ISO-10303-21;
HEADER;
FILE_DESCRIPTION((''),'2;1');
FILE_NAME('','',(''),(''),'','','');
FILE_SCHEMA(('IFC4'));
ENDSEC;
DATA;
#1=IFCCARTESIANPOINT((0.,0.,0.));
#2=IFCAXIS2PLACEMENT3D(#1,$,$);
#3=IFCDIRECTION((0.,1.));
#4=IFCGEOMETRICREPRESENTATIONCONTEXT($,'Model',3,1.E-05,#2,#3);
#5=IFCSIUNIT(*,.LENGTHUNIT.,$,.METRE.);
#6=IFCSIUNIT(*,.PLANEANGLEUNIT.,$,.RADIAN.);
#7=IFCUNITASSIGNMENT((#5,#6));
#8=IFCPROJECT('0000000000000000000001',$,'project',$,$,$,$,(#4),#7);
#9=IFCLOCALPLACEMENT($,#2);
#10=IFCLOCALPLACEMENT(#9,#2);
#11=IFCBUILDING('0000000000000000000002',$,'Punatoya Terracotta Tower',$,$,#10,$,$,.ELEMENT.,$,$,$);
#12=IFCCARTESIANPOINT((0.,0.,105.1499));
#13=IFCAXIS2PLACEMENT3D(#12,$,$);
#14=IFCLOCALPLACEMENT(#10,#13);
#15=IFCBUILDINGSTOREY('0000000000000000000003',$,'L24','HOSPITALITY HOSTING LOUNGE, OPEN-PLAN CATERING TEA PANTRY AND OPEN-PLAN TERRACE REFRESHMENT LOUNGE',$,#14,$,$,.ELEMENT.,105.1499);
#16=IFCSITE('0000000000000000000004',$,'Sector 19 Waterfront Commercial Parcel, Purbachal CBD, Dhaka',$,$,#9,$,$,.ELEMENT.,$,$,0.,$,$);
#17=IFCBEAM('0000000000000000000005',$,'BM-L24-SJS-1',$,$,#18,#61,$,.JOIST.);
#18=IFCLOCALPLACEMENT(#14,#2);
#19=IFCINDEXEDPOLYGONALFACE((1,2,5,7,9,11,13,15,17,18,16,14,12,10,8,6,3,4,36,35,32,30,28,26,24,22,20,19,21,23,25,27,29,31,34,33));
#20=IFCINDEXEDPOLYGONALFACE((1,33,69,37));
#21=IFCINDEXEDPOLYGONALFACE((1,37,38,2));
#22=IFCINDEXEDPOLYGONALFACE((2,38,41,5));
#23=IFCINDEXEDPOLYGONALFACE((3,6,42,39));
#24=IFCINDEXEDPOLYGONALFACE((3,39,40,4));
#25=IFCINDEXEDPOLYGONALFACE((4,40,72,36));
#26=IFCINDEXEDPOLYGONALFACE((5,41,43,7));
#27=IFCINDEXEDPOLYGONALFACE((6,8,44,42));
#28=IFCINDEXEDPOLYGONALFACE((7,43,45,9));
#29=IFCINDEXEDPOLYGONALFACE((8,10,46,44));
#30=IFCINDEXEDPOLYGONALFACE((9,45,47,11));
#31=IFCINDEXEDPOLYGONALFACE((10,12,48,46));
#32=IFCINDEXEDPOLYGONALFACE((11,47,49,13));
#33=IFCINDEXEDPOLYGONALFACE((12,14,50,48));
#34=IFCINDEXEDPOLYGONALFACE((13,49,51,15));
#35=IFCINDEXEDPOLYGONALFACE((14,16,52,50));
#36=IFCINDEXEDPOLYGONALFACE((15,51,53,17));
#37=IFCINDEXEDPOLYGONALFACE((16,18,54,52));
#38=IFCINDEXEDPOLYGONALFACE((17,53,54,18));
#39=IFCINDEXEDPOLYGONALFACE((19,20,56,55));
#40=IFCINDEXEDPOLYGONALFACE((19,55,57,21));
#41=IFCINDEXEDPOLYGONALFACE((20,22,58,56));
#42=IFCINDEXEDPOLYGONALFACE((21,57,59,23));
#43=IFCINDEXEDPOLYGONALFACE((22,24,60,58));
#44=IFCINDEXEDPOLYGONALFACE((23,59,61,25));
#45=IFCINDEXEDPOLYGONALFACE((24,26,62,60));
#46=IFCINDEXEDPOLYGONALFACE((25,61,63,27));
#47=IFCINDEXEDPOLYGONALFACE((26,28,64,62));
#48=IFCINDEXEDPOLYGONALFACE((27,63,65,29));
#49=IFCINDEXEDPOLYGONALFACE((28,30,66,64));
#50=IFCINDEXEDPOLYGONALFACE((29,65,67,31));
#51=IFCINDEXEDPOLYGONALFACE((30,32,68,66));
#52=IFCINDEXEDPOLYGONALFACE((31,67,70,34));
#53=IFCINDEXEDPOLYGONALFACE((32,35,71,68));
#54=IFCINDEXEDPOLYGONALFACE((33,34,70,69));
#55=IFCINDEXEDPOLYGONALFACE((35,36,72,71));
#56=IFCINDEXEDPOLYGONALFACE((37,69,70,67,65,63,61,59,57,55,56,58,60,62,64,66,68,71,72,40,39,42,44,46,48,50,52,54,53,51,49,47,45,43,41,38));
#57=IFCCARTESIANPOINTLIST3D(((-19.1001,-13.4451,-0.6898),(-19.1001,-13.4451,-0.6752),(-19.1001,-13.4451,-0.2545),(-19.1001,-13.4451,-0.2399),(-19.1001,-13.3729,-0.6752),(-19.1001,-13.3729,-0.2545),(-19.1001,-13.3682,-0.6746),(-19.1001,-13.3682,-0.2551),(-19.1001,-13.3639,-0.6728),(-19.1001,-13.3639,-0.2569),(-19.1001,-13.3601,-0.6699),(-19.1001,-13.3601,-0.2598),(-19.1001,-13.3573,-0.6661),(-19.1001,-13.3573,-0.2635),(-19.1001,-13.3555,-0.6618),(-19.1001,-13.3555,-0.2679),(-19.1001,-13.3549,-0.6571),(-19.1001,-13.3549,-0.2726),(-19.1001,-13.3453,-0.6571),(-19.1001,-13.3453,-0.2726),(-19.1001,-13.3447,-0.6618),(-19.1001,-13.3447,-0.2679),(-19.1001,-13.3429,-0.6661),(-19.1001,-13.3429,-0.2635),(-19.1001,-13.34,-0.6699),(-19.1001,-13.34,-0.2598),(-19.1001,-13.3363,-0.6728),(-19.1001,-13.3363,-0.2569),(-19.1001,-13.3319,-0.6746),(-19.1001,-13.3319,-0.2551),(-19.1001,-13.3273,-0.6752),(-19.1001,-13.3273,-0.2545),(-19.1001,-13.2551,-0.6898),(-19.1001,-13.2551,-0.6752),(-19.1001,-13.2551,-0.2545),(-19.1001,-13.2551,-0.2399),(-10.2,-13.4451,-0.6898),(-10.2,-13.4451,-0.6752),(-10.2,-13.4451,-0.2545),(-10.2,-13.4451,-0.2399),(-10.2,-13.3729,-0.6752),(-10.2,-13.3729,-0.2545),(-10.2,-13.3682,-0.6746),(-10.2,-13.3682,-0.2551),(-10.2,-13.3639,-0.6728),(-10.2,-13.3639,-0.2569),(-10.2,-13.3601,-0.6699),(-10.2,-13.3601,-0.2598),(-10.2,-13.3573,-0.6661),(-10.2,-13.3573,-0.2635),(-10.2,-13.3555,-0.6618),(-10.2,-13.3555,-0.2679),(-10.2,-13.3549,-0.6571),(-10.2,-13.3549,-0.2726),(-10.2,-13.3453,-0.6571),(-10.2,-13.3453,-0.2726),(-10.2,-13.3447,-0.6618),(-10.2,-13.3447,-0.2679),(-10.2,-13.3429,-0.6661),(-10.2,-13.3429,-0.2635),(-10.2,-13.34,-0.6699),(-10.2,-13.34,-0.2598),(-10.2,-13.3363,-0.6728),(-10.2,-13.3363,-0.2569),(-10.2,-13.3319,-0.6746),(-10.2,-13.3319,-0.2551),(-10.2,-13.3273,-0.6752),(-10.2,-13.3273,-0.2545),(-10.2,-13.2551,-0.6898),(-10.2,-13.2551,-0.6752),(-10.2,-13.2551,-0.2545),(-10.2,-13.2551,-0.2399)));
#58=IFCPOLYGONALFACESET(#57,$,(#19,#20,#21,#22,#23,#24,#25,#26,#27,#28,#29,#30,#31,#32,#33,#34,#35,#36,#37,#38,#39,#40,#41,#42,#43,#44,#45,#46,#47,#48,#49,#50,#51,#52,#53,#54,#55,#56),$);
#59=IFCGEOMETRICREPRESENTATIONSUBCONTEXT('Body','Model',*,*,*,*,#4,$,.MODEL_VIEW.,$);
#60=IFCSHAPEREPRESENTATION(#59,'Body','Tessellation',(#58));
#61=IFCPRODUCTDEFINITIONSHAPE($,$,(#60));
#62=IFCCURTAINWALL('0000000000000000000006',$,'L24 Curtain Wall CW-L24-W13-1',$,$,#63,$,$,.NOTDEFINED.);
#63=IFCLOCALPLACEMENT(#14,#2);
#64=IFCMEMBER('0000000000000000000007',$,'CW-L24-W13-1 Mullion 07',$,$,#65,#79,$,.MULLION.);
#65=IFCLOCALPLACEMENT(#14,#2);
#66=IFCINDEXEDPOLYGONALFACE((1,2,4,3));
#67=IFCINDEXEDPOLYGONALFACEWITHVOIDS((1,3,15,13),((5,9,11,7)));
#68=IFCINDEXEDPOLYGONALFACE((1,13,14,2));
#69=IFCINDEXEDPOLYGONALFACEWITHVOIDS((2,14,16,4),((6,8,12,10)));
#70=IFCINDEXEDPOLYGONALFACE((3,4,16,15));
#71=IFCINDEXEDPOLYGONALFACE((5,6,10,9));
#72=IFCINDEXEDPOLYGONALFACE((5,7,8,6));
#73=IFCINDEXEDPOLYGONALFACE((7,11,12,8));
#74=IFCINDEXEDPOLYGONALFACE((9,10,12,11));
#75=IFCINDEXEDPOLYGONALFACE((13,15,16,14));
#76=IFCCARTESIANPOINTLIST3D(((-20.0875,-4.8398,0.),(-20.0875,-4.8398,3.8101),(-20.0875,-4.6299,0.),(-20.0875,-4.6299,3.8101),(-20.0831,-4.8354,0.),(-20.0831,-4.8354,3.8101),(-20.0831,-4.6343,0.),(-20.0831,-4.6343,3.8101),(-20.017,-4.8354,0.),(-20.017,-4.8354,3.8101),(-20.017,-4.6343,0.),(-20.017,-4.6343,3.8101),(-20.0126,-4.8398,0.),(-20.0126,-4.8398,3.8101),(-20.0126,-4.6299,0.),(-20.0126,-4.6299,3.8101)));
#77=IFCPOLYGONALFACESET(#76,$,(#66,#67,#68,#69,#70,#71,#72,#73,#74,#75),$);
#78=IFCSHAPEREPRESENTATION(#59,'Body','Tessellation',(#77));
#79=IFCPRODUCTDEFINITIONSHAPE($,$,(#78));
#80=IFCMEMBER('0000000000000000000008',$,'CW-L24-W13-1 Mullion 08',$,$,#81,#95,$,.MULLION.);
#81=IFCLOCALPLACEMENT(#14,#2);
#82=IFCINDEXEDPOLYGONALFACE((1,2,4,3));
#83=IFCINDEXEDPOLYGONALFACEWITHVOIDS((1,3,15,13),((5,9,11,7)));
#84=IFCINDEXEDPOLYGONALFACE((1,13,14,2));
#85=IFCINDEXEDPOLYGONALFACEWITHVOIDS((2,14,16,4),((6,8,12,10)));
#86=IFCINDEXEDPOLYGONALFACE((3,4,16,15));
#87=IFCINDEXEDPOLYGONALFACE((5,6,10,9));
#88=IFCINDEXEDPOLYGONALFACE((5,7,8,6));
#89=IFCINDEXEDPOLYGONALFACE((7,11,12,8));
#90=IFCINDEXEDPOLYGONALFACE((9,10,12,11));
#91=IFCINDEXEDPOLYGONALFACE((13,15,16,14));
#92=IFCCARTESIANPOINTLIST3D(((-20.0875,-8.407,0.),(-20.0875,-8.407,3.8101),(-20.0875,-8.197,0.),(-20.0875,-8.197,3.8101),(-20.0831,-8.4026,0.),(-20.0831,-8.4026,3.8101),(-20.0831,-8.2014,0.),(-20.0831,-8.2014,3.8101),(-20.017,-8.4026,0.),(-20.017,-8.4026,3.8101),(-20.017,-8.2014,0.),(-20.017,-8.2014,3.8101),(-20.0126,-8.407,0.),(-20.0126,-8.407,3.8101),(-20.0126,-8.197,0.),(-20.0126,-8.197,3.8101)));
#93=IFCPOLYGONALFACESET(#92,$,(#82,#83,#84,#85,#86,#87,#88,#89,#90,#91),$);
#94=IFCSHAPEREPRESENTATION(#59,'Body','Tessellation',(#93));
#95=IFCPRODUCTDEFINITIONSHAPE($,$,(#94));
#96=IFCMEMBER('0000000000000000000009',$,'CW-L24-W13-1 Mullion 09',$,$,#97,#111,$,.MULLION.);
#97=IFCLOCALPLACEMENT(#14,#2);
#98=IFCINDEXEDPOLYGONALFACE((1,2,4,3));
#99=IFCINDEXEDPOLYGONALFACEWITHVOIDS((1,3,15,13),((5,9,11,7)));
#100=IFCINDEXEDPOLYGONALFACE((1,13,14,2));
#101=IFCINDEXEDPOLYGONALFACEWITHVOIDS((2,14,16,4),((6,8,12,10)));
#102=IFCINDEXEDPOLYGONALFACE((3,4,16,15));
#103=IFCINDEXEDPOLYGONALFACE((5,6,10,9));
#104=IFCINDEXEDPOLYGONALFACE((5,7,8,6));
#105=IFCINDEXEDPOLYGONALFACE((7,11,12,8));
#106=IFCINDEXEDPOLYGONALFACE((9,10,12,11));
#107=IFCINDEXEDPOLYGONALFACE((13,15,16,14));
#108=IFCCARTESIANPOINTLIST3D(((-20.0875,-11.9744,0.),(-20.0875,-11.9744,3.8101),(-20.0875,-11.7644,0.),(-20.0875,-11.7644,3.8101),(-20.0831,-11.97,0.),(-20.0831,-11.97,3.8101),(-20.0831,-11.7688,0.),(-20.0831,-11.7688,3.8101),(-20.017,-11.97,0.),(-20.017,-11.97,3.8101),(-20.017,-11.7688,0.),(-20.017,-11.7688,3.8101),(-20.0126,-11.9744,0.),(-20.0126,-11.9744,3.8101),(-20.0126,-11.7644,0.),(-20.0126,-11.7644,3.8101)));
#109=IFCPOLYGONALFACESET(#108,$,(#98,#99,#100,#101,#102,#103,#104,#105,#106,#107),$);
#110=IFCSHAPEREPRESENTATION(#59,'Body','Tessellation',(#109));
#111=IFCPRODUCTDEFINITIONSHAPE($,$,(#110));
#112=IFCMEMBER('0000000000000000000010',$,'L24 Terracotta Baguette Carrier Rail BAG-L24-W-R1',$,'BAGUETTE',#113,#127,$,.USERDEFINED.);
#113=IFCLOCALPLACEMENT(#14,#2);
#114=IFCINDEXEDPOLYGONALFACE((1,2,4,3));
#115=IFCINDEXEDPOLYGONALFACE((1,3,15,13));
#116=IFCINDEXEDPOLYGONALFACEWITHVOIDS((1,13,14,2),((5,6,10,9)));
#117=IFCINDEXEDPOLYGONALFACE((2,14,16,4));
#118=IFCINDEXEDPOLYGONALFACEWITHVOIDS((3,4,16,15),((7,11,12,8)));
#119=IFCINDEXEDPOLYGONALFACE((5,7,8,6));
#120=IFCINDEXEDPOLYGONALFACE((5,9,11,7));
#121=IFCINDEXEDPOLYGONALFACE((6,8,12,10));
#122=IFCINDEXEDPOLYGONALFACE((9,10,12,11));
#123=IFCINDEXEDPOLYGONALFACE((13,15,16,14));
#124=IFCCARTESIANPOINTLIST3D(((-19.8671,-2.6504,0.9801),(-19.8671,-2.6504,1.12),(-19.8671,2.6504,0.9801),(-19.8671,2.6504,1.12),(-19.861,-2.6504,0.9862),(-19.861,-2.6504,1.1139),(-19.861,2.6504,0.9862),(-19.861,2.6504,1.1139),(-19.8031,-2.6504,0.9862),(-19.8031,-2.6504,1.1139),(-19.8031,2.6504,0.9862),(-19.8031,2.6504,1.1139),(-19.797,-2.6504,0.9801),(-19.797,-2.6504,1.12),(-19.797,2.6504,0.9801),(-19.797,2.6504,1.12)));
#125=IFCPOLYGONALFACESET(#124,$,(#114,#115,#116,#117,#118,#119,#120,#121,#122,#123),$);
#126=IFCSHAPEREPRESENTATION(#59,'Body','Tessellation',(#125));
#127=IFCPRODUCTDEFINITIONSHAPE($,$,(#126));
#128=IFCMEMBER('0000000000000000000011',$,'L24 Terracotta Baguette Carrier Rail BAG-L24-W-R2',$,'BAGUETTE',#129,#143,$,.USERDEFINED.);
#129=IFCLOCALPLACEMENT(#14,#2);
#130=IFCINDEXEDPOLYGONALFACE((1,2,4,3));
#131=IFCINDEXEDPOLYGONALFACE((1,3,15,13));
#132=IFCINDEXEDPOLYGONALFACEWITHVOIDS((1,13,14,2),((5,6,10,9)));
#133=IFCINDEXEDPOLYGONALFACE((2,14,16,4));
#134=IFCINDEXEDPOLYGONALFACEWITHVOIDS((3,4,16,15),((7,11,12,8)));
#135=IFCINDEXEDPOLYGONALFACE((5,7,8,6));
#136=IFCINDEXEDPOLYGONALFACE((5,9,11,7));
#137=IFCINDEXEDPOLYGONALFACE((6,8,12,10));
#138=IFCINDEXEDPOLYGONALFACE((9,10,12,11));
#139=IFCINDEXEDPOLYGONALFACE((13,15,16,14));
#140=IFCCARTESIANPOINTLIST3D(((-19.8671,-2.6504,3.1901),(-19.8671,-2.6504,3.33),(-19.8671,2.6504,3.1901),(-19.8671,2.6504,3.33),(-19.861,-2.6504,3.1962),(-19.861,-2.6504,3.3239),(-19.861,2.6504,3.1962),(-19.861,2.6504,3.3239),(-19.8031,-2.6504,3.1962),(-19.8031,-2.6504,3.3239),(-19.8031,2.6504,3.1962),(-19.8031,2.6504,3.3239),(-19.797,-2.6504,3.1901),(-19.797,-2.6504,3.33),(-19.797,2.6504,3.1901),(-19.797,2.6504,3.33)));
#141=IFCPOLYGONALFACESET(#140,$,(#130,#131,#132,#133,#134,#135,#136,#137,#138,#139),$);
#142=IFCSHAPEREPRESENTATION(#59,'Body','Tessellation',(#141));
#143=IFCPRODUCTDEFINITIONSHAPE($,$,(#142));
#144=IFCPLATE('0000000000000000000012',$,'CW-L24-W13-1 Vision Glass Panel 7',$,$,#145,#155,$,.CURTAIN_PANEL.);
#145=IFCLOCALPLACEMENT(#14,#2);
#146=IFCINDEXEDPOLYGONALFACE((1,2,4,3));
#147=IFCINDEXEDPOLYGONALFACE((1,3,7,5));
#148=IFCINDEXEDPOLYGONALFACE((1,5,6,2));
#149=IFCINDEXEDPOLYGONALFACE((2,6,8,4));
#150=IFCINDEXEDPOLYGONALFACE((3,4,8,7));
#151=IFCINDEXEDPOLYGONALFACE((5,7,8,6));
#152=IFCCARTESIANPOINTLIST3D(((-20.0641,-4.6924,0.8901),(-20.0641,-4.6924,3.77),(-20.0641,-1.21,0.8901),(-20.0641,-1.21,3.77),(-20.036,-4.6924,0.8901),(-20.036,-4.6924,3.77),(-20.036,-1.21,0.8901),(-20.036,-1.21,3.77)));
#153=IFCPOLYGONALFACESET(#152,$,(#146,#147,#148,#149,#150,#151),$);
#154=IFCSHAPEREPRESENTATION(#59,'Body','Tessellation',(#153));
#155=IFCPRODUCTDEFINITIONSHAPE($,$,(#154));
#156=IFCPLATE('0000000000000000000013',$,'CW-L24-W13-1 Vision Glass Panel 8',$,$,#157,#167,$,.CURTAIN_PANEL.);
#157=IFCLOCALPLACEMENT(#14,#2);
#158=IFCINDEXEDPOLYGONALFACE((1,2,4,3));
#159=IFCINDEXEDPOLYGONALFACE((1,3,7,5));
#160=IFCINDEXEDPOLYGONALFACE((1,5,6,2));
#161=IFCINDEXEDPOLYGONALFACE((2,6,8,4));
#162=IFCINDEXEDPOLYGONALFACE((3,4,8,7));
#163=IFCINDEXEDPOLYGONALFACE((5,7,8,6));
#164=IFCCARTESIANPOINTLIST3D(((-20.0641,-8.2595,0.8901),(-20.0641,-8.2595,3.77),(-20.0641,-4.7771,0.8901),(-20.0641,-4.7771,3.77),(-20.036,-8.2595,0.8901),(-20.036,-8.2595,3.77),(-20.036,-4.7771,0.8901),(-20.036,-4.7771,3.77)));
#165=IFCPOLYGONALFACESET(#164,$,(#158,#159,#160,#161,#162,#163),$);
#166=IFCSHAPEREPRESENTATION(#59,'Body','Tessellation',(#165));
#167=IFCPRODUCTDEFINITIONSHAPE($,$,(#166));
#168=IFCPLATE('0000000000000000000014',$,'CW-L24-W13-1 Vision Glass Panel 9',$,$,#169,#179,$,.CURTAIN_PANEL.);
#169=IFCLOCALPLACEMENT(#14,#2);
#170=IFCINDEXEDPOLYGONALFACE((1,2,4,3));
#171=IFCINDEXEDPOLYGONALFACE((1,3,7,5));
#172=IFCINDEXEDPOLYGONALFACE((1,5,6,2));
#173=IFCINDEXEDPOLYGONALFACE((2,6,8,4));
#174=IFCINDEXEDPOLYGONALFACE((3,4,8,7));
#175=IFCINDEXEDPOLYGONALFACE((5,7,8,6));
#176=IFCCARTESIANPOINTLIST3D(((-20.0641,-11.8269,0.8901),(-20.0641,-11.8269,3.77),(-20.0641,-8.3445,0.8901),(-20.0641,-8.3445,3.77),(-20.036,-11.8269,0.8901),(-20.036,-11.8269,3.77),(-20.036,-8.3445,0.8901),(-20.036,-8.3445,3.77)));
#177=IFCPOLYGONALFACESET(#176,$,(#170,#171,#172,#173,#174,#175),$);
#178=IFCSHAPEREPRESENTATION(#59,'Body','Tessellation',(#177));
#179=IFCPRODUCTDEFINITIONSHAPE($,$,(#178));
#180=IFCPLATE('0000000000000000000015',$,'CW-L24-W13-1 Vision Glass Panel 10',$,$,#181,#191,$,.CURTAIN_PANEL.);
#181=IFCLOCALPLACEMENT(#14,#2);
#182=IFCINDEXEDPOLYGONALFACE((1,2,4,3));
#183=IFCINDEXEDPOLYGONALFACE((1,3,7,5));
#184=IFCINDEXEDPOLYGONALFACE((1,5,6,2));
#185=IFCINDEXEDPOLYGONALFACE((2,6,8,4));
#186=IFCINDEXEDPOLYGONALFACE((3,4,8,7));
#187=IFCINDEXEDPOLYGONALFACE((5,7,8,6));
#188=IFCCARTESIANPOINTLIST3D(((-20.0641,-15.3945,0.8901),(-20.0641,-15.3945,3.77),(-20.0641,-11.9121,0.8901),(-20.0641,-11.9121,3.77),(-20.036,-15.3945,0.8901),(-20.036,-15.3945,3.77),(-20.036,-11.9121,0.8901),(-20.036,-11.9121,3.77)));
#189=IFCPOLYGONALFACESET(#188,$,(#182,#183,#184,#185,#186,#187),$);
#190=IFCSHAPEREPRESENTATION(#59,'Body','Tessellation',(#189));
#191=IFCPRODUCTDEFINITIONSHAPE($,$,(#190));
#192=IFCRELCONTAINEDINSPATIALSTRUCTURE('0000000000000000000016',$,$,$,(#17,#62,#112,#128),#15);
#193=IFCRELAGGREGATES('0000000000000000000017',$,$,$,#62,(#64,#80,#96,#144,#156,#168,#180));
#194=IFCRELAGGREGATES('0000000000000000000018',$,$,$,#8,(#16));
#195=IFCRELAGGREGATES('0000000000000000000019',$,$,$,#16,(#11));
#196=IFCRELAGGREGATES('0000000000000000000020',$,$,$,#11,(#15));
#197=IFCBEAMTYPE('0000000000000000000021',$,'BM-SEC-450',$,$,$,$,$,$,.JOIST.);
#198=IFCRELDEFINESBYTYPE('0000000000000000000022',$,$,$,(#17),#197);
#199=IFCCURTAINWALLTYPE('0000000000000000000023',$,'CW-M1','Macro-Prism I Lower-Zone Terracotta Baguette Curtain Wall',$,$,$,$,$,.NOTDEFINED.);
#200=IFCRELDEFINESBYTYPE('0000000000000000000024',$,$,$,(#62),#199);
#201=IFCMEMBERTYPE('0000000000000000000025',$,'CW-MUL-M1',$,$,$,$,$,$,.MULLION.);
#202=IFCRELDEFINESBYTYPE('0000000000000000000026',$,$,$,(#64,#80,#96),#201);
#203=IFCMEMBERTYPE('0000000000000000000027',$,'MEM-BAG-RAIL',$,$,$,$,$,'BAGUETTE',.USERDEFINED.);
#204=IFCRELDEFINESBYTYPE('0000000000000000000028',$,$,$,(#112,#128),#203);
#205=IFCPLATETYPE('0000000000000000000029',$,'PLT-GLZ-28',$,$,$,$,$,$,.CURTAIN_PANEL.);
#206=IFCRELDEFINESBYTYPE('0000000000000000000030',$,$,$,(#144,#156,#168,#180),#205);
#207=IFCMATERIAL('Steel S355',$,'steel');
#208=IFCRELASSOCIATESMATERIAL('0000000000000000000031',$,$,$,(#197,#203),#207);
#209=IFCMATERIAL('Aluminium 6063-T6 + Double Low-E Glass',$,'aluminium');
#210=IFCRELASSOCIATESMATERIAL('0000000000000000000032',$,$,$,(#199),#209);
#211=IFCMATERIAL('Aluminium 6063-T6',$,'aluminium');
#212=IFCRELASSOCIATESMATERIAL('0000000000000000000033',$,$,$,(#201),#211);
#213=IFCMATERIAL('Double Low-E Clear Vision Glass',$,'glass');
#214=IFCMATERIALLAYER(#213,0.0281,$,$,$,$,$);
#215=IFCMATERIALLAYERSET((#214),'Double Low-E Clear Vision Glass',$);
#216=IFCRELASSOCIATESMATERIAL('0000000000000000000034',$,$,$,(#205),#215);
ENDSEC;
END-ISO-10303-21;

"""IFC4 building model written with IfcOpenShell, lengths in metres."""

from ifc_helpers import new_model, si_unit, direction, frame, origin, origin_2d, place, context, subcontext, project, spatial, rectangle, hollow_rectangle, i_section, extrude, material, layer, layer_set, material_profile, profile_set, type_object, element, aggregate, save


model = new_model("IFC4")

# Units and contexts
model_context = context("Model", 3, precision=1e-05, world=origin(), true_north=direction((0.0, 1.0)))
body_context = subcontext(model_context, "Body", "Model", "MODEL_VIEW")
ifc_project = project(units=[si_unit("LENGTHUNIT", "METRE"), si_unit("PLANEANGLEUNIT", "RADIAN")], contexts=[model_context])

# Site, building, storey
site_placement = place(None, origin())
site = spatial("IfcSite", under=ifc_project, at=site_placement, Name="Sector 19 Waterfront Commercial Parcel, Purbachal CBD, Dhaka", CompositionType="ELEMENT", RefElevation=0.0)
building_placement = place(site_placement, origin())
building = spatial("IfcBuilding", under=site, at=building_placement, Name="Punatoya Terracotta Tower", CompositionType="ELEMENT")
storey_placement = place(building_placement, frame((0.0, 0.0, 105.1499)))
storey = spatial("IfcBuildingStorey", under=building, at=storey_placement, Name="L24", Description="HOSPITALITY HOSTING LOUNGE, OPEN-PLAN CATERING TEA PANTRY AND OPEN-PLAN TERRACE REFRESHMENT LOUNGE", CompositionType="ELEMENT", Elevation=105.1499)

# Beam
ifc_material_1 = material(Name="Steel S355", Category="steel")
ifc_material_profile_1 = material_profile(ifc_material_1, i_section(OverallWidth=0.1899, OverallDepth=0.45, WebThickness=0.0095, FlangeThickness=0.0146, FilletRadius=0.0181, at=origin_2d()))
ifc_profile_set_1 = profile_set([ifc_material_profile_1], Name="Steel S355")
beam_type_1 = type_object("IfcBeamType", Name="BM-SEC-450", PredefinedType="JOIST", material=ifc_profile_set_1)
beam_1_placement = place(storey_placement, frame((-19.1001, -13.3501, -0.4648), z_axis=(1.0, 0.0, 0.0), x_axis=(0.0, 1.0, 0.0)))
element("IfcBeam", 1, at=beam_1_placement, inside=storey, type_object=beam_type_1, Name="BM-L24-SJS-1", PredefinedType="JOIST", context=body_context, shape_type="SweptSolid", body=[
    extrude(i_section(OverallWidth=0.1899, OverallDepth=0.45, WebThickness=0.0095, FlangeThickness=0.0146, FilletRadius=0.0181, at=origin_2d()), origin(), (0.0, 0.0, 1.0), 8.9001),
])

# Curtain wall, members
ifc_material_2 = material(Name="Aluminium 6063-T6 + Double Low-E Glass", Category="aluminium")
curtain_wall_type = type_object("IfcCurtainWallType", Name="CW-M1", Description="Macro-Prism I Lower-Zone Terracotta Baguette Curtain Wall", PredefinedType="NOTDEFINED", material=ifc_material_2)
curtain_wall_placement = place(storey_placement, origin())
curtain_wall = element("IfcCurtainWall", 2, at=curtain_wall_placement, inside=storey, type_object=curtain_wall_type, Name="L24 Curtain Wall CW-L24-W13-1", PredefinedType="NOTDEFINED")
ifc_material_3 = material(Name="Aluminium 6063-T6", Category="aluminium")
ifc_material_profile_2 = material_profile(ifc_material_3, hollow_rectangle(XDim=0.075, YDim=0.21, WallThickness=0.0044, at=origin_2d()))
ifc_profile_set_2 = profile_set([ifc_material_profile_2], Name="Aluminium 6063-T6")
member_type_1 = type_object("IfcMemberType", Name="CW-MUL-M1", PredefinedType="MULLION", material=ifc_profile_set_2)
member_1_placement = place(storey_placement, frame((-20.05, -4.7349, 0.0), z_axis=(0.0, 0.0, 1.0), x_axis=(1.0, 0.0, 0.0)))
member_1 = element("IfcMember", 3, at=member_1_placement, type_object=member_type_1, Name="CW-L24-W13-1 Mullion 07", PredefinedType="MULLION", context=body_context, shape_type="SweptSolid", body=[
    extrude(hollow_rectangle(XDim=0.075, YDim=0.21, WallThickness=0.0044, at=origin_2d()), origin(), (0.0, 0.0, 1.0), 3.8101),
])
member_2_placement = place(storey_placement, frame((-20.05, -8.302, 0.0), z_axis=(0.0, 0.0, 1.0), x_axis=(1.0, 0.0, 0.0)))
member_2 = element("IfcMember", 4, at=member_2_placement, type_object=member_type_1, Name="CW-L24-W13-1 Mullion 08", PredefinedType="MULLION", context=body_context, shape_type="SweptSolid", body=[
    extrude(hollow_rectangle(XDim=0.075, YDim=0.21, WallThickness=0.0044, at=origin_2d()), origin(), (0.0, 0.0, 1.0), 3.8101),
])
member_3_placement = place(storey_placement, frame((-20.05, -11.8694, 0.0), z_axis=(0.0, 0.0, 1.0), x_axis=(1.0, 0.0, 0.0)))
member_3 = element("IfcMember", 5, at=member_3_placement, type_object=member_type_1, Name="CW-L24-W13-1 Mullion 09", PredefinedType="MULLION", context=body_context, shape_type="SweptSolid", body=[
    extrude(hollow_rectangle(XDim=0.075, YDim=0.21, WallThickness=0.0044, at=origin_2d()), origin(), (0.0, 0.0, 1.0), 3.8101),
])

# Members
ifc_material_profile_3 = material_profile(ifc_material_1, hollow_rectangle(XDim=0.0701, YDim=0.1399, WallThickness=0.0061, at=origin_2d()))
ifc_profile_set_3 = profile_set([ifc_material_profile_3], Name="Steel S355")
member_type_2 = type_object("IfcMemberType", Name="MEM-BAG-RAIL", ElementType="BAGUETTE", PredefinedType="USERDEFINED", material=ifc_profile_set_3)
for number, where, z_axis, x_axis, name in (
    (6, (-19.832, -2.6504, 1.05), (0.0, 1.0, 0.0), (-1.0, 0.0, 0.0), "L24 Terracotta Baguette Carrier Rail BAG-L24-W-R1"),
    (7, (-19.832, -2.6504, 3.26), (0.0, 1.0, 0.0), (-1.0, 0.0, 0.0), "L24 Terracotta Baguette Carrier Rail BAG-L24-W-R2"),
):
    element("IfcMember", number, at=place(storey_placement, frame(where, z_axis=z_axis, x_axis=x_axis)), inside=storey, type_object=member_type_2, Name=name, ObjectType="BAGUETTE", PredefinedType="USERDEFINED", context=body_context, shape_type="SweptSolid", body=[
        extrude(hollow_rectangle(XDim=0.0701, YDim=0.1399, WallThickness=0.0061, at=origin_2d()), origin(), (0.0, 0.0, 1.0), 5.3008),
    ])

# Plates
ifc_material_4 = material(Name="Double Low-E Clear Vision Glass", Category="glass")
ifc_layer_1 = layer(ifc_material_4, 0.0281)
ifc_layer_set_1 = layer_set([ifc_layer_1], Name="Double Low-E Clear Vision Glass")
plate_type_1 = type_object("IfcPlateType", Name="PLT-GLZ-28", PredefinedType="CURTAIN_PANEL", material=ifc_layer_set_1)
plate_1_placement = place(storey_placement, frame((-20.05, -2.9512, 0.8901), z_axis=(0.0, 0.0, 1.0), x_axis=(0.0, -1.0, 0.0)))
plate_1 = element("IfcPlate", 8, at=plate_1_placement, type_object=plate_type_1, Name="CW-L24-W13-1 Vision Glass Panel 7", PredefinedType="CURTAIN_PANEL", context=body_context, shape_type="SweptSolid", body=[
    extrude(rectangle(XDim=3.4824, YDim=0.0281, at=origin_2d()), origin(), (0.0, 0.0, 1.0), 2.8799),
])
plate_2_placement = place(storey_placement, frame((-20.05, -6.5183, 0.8901), z_axis=(0.0, 0.0, 1.0), x_axis=(0.0, -1.0, 0.0)))
plate_2 = element("IfcPlate", 9, at=plate_2_placement, type_object=plate_type_1, Name="CW-L24-W13-1 Vision Glass Panel 8", PredefinedType="CURTAIN_PANEL", context=body_context, shape_type="SweptSolid", body=[
    extrude(rectangle(XDim=3.4824, YDim=0.0281, at=origin_2d()), origin(), (0.0, 0.0, 1.0), 2.8799),
])
plate_3_placement = place(storey_placement, frame((-20.05, -10.0857, 0.8901), z_axis=(0.0, 0.0, 1.0), x_axis=(0.0, -1.0, 0.0)))
plate_3 = element("IfcPlate", 10, at=plate_3_placement, type_object=plate_type_1, Name="CW-L24-W13-1 Vision Glass Panel 9", PredefinedType="CURTAIN_PANEL", context=body_context, shape_type="SweptSolid", body=[
    extrude(rectangle(XDim=3.4824, YDim=0.0281, at=origin_2d()), origin(), (0.0, 0.0, 1.0), 2.8799),
])
plate_4_placement = place(storey_placement, frame((-20.05, -13.6533, 0.8901), z_axis=(0.0, 0.0, 1.0), x_axis=(0.0, -1.0, 0.0)))
plate_4 = element("IfcPlate", 11, at=plate_4_placement, type_object=plate_type_1, Name="CW-L24-W13-1 Vision Glass Panel 10", PredefinedType="CURTAIN_PANEL", context=body_context, shape_type="SweptSolid", body=[
    extrude(rectangle(XDim=3.4824, YDim=0.0281, at=origin_2d()), origin(), (0.0, 0.0, 1.0), 2.8799),
])
aggregate(curtain_wall, [member_1, member_2, member_3, plate_1, plate_2, plate_3, plate_4])

save(model, "model.ifc")
